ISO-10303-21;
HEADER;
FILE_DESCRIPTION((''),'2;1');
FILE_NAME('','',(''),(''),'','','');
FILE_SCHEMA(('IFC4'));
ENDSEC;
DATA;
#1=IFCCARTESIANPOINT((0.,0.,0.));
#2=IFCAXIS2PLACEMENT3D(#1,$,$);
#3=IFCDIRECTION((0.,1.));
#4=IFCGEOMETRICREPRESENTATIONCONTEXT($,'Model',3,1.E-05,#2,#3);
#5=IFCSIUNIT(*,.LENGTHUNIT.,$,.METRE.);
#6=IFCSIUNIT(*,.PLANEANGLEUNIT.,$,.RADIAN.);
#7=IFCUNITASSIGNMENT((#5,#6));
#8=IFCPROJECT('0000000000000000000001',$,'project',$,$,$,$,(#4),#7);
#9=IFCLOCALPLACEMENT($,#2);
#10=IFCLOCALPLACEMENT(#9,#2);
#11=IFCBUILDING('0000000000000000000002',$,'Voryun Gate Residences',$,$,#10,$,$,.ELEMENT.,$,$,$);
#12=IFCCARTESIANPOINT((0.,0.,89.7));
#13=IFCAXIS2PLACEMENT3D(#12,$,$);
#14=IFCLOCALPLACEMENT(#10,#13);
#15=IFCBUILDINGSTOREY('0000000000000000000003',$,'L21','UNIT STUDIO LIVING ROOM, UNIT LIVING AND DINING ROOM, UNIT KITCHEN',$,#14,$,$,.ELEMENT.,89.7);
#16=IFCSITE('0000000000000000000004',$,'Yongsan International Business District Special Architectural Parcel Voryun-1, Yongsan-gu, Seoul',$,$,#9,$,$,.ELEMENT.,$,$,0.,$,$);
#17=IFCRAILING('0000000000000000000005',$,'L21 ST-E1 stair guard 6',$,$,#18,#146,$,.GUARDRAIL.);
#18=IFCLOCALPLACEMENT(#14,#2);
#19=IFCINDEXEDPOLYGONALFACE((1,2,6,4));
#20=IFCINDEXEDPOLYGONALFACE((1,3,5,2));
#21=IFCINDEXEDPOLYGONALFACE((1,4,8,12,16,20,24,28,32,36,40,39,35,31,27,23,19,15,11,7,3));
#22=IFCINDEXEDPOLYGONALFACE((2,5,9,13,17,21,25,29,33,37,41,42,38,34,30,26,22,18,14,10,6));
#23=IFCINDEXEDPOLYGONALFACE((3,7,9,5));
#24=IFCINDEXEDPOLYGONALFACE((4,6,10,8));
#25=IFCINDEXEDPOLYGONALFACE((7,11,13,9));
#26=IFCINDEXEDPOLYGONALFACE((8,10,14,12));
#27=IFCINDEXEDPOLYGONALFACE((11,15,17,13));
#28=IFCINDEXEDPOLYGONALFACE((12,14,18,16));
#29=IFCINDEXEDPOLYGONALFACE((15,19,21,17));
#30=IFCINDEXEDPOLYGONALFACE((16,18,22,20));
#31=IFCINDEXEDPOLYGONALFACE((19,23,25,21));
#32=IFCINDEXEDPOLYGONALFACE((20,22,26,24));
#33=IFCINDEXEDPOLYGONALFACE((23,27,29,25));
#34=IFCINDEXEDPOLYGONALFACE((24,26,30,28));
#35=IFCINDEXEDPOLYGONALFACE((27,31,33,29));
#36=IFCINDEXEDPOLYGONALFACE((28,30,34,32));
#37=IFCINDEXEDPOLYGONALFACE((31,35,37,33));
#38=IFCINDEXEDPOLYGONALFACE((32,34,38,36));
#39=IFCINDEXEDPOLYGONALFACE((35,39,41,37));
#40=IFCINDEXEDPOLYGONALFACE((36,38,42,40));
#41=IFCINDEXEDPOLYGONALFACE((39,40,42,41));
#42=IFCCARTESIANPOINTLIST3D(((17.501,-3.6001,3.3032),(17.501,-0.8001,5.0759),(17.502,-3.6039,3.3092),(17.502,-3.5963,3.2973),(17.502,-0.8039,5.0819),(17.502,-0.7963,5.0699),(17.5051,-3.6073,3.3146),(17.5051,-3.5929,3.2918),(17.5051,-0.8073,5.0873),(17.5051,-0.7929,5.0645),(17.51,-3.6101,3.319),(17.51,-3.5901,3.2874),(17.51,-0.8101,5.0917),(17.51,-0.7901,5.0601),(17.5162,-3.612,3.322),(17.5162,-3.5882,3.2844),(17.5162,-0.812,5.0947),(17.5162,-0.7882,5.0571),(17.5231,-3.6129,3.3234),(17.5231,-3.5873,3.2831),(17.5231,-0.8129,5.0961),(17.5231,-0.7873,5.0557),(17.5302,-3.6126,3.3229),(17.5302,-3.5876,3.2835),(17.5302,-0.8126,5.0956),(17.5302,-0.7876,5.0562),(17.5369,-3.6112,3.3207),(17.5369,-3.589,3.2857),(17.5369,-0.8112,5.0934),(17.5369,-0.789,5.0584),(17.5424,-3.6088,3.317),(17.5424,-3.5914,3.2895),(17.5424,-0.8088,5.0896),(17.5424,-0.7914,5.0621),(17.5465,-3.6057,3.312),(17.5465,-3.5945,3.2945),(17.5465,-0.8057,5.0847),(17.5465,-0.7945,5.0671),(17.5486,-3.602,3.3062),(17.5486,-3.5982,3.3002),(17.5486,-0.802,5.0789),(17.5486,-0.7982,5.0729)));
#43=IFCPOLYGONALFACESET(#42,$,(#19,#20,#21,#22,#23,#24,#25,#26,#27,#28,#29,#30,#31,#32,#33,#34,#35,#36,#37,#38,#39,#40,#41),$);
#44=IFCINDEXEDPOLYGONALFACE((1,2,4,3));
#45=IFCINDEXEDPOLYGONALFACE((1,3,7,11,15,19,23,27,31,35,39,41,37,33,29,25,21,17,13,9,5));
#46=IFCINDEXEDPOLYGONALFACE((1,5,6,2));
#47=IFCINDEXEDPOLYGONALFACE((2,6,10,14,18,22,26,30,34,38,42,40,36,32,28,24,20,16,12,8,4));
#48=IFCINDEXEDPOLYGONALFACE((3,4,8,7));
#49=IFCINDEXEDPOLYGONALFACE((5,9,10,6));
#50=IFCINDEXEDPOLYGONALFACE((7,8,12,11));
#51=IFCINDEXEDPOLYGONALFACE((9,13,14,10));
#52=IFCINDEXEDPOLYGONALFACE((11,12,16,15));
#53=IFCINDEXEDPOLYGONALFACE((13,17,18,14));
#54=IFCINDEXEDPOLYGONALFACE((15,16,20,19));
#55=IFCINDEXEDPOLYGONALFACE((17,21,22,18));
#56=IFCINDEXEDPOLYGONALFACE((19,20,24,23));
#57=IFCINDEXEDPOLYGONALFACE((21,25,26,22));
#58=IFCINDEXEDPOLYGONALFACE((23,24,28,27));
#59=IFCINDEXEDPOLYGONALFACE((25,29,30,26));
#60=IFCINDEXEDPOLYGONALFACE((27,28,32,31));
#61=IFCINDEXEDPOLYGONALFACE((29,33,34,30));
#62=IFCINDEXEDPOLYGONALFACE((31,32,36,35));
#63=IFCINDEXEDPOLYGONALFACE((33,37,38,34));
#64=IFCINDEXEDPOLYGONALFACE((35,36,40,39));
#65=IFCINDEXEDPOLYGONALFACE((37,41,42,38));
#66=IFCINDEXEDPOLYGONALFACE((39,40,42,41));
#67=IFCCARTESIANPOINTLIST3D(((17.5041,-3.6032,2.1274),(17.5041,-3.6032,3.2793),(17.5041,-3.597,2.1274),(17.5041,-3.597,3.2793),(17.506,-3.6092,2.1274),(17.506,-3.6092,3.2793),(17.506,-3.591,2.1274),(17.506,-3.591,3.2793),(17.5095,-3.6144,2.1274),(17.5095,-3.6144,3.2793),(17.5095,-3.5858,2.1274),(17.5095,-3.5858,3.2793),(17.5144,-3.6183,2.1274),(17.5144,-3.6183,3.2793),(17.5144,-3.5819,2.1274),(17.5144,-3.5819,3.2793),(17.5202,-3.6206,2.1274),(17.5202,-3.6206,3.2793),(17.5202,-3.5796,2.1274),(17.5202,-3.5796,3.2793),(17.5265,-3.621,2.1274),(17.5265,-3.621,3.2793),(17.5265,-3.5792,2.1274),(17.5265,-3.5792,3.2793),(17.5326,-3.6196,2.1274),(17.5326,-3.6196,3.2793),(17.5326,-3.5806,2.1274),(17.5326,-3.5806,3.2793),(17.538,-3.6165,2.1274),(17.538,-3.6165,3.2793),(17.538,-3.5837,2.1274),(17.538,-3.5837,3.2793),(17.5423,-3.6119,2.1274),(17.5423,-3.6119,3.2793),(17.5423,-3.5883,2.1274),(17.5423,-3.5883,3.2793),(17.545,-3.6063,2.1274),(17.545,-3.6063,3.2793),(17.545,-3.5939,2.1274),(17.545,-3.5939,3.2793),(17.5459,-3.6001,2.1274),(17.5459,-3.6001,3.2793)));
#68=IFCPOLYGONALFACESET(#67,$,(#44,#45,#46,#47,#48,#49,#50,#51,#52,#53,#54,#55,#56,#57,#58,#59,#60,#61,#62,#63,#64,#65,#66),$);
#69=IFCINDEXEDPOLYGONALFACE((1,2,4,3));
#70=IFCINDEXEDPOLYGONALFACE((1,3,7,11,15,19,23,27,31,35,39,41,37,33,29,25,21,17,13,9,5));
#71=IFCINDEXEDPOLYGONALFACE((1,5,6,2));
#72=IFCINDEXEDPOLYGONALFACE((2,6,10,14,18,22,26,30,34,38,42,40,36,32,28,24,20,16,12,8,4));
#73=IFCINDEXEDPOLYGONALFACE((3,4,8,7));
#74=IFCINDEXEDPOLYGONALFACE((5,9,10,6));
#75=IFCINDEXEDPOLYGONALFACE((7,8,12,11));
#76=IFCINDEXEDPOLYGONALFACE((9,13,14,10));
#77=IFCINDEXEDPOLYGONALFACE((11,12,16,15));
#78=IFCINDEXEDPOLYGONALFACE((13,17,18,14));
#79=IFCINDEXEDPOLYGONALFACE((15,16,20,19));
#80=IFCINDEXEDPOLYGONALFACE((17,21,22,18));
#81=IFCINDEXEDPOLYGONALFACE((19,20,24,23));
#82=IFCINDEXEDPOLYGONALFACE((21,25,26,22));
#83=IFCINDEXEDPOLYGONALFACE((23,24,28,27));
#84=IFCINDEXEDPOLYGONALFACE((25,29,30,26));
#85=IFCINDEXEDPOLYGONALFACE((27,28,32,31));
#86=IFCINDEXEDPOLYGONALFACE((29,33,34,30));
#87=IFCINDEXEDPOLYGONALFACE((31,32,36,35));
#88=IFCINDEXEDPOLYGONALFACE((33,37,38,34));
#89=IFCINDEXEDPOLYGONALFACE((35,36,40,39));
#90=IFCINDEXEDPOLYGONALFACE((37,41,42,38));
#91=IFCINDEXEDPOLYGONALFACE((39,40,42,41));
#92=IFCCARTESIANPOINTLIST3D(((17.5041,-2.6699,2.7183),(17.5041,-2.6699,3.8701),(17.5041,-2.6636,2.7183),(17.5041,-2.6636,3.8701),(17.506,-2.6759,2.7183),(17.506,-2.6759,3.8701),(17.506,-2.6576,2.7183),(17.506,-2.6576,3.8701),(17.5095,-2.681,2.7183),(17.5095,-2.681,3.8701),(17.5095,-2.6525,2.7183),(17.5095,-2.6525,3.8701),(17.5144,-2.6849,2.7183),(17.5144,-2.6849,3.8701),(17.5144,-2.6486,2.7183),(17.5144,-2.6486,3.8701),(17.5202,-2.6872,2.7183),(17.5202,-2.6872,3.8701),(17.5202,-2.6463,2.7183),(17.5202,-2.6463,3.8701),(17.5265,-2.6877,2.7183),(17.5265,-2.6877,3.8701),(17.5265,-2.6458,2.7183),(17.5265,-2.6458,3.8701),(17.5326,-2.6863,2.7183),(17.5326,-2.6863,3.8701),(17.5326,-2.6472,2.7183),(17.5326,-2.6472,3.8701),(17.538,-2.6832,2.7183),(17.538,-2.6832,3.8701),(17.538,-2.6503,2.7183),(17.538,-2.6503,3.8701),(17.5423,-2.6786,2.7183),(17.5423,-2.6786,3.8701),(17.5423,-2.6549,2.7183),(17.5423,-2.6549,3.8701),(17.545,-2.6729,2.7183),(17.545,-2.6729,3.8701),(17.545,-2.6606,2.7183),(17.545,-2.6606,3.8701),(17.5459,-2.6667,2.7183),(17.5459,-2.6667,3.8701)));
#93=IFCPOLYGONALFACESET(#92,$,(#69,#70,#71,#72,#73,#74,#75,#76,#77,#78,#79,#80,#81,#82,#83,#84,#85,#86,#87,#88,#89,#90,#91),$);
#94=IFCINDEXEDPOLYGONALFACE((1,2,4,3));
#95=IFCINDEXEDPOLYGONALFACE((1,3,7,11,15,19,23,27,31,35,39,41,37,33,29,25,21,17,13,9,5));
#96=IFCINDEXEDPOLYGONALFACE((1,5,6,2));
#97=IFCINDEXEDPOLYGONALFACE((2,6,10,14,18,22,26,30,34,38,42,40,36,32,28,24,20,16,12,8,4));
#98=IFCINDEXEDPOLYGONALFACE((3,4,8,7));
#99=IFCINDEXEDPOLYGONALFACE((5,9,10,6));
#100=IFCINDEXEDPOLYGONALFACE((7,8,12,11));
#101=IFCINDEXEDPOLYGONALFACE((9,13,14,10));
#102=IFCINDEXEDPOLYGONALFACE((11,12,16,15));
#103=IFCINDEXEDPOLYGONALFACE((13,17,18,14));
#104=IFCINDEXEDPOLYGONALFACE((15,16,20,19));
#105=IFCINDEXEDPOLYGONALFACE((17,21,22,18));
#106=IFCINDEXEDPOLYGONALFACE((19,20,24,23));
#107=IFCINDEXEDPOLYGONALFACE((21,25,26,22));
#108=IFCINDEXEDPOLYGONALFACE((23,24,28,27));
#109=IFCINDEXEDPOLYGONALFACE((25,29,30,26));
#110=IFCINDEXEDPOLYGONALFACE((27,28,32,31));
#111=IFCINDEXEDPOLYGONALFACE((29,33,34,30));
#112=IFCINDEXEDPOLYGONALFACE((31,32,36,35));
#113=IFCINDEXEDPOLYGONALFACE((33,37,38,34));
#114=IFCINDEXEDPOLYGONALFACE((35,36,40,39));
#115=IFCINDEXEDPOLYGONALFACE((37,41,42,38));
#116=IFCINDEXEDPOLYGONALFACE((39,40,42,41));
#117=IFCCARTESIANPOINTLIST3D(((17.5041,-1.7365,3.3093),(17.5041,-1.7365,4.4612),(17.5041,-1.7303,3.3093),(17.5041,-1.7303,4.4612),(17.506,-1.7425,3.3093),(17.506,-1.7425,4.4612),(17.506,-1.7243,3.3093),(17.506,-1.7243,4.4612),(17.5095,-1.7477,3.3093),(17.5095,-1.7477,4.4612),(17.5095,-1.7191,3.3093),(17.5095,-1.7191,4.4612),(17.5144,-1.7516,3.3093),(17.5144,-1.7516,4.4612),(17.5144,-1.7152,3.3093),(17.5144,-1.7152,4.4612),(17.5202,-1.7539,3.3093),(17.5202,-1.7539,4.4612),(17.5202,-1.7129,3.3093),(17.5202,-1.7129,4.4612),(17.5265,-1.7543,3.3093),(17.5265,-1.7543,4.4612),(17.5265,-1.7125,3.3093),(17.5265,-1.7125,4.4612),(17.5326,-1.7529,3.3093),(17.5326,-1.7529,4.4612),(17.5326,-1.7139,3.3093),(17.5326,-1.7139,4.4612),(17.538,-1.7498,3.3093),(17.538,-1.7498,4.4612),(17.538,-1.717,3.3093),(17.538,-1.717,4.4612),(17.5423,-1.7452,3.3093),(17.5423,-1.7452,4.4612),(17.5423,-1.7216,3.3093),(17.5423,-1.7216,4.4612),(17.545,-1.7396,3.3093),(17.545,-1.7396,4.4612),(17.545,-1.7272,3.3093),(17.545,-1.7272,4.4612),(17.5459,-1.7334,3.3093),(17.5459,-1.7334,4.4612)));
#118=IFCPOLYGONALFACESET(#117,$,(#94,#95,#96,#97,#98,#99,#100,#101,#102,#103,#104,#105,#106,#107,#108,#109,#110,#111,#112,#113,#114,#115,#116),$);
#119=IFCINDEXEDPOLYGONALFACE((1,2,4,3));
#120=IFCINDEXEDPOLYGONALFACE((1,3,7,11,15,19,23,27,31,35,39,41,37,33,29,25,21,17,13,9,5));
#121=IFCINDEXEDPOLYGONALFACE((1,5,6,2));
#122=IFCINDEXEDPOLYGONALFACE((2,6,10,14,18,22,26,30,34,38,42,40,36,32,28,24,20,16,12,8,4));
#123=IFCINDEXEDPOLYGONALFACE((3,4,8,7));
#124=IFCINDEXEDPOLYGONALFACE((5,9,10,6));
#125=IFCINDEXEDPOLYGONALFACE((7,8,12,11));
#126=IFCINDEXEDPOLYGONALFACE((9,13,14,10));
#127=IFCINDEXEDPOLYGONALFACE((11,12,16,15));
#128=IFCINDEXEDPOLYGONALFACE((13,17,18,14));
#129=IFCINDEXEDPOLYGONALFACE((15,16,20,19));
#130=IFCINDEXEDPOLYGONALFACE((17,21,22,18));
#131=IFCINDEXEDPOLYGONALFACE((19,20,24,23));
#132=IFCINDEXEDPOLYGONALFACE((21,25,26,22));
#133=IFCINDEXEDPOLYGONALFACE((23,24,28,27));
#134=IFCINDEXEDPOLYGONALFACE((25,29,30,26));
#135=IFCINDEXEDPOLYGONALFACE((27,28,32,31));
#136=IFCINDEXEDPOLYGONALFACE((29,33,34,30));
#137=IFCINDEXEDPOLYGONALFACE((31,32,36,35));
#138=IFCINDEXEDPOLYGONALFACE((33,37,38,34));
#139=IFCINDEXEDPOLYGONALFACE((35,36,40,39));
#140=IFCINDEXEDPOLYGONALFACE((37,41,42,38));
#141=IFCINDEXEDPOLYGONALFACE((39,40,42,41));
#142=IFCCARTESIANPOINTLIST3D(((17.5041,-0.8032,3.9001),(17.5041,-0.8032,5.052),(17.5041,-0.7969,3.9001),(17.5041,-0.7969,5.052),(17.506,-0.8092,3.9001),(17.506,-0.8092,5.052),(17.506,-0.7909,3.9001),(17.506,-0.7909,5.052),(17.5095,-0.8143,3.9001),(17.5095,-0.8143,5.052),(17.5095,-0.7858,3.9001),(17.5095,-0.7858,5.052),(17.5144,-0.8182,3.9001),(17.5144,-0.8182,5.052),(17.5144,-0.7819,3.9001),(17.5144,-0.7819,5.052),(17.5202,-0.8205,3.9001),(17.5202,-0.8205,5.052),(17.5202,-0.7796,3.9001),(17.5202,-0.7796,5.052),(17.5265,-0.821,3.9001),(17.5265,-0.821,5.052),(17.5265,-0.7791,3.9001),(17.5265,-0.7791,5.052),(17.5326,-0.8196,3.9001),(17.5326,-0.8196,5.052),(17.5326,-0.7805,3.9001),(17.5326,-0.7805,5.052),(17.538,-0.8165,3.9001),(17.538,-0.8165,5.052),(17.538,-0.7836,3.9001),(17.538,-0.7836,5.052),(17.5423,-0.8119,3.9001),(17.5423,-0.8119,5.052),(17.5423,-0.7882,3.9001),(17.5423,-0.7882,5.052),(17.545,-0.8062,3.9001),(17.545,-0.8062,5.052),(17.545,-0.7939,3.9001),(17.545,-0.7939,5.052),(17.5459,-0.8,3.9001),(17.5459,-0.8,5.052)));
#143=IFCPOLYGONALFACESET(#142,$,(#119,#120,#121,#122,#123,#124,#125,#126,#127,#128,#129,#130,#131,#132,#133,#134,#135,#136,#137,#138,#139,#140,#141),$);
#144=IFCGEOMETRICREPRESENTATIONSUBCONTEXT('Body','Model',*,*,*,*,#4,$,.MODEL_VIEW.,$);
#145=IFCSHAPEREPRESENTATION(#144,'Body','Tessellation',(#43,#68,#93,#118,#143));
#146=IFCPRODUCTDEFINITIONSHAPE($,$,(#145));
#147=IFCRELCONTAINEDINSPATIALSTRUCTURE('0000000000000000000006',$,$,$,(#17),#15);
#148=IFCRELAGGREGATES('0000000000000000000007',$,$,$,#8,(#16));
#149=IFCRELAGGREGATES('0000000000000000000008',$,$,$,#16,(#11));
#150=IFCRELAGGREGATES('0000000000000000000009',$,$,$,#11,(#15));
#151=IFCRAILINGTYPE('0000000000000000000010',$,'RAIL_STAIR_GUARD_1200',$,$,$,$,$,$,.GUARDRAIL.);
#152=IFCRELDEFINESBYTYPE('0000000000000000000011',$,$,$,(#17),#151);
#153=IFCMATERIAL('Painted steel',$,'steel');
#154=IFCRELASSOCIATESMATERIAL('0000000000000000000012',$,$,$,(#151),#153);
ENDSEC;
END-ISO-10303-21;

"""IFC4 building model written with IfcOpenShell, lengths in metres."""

from ifc_helpers import new_model, si_unit, direction, frame, origin, origin_2d, place, context, subcontext, project, spatial, circle, extrude, material, type_object, element, save


model = new_model("IFC4")

# Units and contexts
model_context = context("Model", 3, precision=1e-05, world=origin(), true_north=direction((0.0, 1.0)))
body_context = subcontext(model_context, "Body", "Model", "MODEL_VIEW")
ifc_project = project(units=[si_unit("LENGTHUNIT", "METRE"), si_unit("PLANEANGLEUNIT", "RADIAN")], contexts=[model_context])

# Site, building, storey
site_placement = place(None, origin())
site = spatial("IfcSite", under=ifc_project, at=site_placement, Name="Yongsan International Business District Special Architectural Parcel Voryun-1, Yongsan-gu, Seoul", CompositionType="ELEMENT", RefElevation=0.0)
building_placement = place(site_placement, origin())
building = spatial("IfcBuilding", under=site, at=building_placement, Name="Voryun Gate Residences", CompositionType="ELEMENT")
storey_placement = place(building_placement, frame((0.0, 0.0, 89.7)))
storey = spatial("IfcBuildingStorey", under=building, at=storey_placement, Name="L21", Description="UNIT STUDIO LIVING ROOM, UNIT LIVING AND DINING ROOM, UNIT KITCHEN", CompositionType="ELEMENT", Elevation=89.7)

# Railing
ifc_material_1 = material(Name="Painted steel", Category="steel")
railing_type_1 = type_object("IfcRailingType", Name="RAIL_STAIR_GUARD_1200", PredefinedType="GUARDRAIL", material=ifc_material_1)
railing_1_placement = place(storey_placement, frame((17.5249, -3.6001, 2.1274)))
element("IfcRailing", 1, at=railing_1_placement, inside=storey, type_object=railing_type_1, Name="L21 ST-E1 stair guard 6", PredefinedType="GUARDRAIL", context=body_context, shape_type="SweptSolid", body=[
    extrude(circle(Radius=0.0239, at=origin_2d()), frame((0.0, 0.0, 1.1758), z_axis=(0.0, 0.844909, 0.53491), x_axis=(-1.0, 0.0, 0.0)), (0.0, 0.0, 1.0), 3.314),
    extrude(circle(Radius=0.021, at=origin_2d()), origin(), (0.0, 0.0, 1.0), 1.1519),
    extrude(circle(Radius=0.021, at=origin_2d()), frame((0.0, 0.9333, 0.5908)), (0.0, 0.0, 1.0), 1.1519),
    extrude(circle(Radius=0.021, at=origin_2d()), frame((0.0, 1.8667, 1.1819)), (0.0, 0.0, 1.0), 1.1519),
    extrude(circle(Radius=0.021, at=origin_2d()), frame((0.0, 2.8, 1.7727)), (0.0, 0.0, 1.0), 1.1519),
])

save(model, "model.ifc")
